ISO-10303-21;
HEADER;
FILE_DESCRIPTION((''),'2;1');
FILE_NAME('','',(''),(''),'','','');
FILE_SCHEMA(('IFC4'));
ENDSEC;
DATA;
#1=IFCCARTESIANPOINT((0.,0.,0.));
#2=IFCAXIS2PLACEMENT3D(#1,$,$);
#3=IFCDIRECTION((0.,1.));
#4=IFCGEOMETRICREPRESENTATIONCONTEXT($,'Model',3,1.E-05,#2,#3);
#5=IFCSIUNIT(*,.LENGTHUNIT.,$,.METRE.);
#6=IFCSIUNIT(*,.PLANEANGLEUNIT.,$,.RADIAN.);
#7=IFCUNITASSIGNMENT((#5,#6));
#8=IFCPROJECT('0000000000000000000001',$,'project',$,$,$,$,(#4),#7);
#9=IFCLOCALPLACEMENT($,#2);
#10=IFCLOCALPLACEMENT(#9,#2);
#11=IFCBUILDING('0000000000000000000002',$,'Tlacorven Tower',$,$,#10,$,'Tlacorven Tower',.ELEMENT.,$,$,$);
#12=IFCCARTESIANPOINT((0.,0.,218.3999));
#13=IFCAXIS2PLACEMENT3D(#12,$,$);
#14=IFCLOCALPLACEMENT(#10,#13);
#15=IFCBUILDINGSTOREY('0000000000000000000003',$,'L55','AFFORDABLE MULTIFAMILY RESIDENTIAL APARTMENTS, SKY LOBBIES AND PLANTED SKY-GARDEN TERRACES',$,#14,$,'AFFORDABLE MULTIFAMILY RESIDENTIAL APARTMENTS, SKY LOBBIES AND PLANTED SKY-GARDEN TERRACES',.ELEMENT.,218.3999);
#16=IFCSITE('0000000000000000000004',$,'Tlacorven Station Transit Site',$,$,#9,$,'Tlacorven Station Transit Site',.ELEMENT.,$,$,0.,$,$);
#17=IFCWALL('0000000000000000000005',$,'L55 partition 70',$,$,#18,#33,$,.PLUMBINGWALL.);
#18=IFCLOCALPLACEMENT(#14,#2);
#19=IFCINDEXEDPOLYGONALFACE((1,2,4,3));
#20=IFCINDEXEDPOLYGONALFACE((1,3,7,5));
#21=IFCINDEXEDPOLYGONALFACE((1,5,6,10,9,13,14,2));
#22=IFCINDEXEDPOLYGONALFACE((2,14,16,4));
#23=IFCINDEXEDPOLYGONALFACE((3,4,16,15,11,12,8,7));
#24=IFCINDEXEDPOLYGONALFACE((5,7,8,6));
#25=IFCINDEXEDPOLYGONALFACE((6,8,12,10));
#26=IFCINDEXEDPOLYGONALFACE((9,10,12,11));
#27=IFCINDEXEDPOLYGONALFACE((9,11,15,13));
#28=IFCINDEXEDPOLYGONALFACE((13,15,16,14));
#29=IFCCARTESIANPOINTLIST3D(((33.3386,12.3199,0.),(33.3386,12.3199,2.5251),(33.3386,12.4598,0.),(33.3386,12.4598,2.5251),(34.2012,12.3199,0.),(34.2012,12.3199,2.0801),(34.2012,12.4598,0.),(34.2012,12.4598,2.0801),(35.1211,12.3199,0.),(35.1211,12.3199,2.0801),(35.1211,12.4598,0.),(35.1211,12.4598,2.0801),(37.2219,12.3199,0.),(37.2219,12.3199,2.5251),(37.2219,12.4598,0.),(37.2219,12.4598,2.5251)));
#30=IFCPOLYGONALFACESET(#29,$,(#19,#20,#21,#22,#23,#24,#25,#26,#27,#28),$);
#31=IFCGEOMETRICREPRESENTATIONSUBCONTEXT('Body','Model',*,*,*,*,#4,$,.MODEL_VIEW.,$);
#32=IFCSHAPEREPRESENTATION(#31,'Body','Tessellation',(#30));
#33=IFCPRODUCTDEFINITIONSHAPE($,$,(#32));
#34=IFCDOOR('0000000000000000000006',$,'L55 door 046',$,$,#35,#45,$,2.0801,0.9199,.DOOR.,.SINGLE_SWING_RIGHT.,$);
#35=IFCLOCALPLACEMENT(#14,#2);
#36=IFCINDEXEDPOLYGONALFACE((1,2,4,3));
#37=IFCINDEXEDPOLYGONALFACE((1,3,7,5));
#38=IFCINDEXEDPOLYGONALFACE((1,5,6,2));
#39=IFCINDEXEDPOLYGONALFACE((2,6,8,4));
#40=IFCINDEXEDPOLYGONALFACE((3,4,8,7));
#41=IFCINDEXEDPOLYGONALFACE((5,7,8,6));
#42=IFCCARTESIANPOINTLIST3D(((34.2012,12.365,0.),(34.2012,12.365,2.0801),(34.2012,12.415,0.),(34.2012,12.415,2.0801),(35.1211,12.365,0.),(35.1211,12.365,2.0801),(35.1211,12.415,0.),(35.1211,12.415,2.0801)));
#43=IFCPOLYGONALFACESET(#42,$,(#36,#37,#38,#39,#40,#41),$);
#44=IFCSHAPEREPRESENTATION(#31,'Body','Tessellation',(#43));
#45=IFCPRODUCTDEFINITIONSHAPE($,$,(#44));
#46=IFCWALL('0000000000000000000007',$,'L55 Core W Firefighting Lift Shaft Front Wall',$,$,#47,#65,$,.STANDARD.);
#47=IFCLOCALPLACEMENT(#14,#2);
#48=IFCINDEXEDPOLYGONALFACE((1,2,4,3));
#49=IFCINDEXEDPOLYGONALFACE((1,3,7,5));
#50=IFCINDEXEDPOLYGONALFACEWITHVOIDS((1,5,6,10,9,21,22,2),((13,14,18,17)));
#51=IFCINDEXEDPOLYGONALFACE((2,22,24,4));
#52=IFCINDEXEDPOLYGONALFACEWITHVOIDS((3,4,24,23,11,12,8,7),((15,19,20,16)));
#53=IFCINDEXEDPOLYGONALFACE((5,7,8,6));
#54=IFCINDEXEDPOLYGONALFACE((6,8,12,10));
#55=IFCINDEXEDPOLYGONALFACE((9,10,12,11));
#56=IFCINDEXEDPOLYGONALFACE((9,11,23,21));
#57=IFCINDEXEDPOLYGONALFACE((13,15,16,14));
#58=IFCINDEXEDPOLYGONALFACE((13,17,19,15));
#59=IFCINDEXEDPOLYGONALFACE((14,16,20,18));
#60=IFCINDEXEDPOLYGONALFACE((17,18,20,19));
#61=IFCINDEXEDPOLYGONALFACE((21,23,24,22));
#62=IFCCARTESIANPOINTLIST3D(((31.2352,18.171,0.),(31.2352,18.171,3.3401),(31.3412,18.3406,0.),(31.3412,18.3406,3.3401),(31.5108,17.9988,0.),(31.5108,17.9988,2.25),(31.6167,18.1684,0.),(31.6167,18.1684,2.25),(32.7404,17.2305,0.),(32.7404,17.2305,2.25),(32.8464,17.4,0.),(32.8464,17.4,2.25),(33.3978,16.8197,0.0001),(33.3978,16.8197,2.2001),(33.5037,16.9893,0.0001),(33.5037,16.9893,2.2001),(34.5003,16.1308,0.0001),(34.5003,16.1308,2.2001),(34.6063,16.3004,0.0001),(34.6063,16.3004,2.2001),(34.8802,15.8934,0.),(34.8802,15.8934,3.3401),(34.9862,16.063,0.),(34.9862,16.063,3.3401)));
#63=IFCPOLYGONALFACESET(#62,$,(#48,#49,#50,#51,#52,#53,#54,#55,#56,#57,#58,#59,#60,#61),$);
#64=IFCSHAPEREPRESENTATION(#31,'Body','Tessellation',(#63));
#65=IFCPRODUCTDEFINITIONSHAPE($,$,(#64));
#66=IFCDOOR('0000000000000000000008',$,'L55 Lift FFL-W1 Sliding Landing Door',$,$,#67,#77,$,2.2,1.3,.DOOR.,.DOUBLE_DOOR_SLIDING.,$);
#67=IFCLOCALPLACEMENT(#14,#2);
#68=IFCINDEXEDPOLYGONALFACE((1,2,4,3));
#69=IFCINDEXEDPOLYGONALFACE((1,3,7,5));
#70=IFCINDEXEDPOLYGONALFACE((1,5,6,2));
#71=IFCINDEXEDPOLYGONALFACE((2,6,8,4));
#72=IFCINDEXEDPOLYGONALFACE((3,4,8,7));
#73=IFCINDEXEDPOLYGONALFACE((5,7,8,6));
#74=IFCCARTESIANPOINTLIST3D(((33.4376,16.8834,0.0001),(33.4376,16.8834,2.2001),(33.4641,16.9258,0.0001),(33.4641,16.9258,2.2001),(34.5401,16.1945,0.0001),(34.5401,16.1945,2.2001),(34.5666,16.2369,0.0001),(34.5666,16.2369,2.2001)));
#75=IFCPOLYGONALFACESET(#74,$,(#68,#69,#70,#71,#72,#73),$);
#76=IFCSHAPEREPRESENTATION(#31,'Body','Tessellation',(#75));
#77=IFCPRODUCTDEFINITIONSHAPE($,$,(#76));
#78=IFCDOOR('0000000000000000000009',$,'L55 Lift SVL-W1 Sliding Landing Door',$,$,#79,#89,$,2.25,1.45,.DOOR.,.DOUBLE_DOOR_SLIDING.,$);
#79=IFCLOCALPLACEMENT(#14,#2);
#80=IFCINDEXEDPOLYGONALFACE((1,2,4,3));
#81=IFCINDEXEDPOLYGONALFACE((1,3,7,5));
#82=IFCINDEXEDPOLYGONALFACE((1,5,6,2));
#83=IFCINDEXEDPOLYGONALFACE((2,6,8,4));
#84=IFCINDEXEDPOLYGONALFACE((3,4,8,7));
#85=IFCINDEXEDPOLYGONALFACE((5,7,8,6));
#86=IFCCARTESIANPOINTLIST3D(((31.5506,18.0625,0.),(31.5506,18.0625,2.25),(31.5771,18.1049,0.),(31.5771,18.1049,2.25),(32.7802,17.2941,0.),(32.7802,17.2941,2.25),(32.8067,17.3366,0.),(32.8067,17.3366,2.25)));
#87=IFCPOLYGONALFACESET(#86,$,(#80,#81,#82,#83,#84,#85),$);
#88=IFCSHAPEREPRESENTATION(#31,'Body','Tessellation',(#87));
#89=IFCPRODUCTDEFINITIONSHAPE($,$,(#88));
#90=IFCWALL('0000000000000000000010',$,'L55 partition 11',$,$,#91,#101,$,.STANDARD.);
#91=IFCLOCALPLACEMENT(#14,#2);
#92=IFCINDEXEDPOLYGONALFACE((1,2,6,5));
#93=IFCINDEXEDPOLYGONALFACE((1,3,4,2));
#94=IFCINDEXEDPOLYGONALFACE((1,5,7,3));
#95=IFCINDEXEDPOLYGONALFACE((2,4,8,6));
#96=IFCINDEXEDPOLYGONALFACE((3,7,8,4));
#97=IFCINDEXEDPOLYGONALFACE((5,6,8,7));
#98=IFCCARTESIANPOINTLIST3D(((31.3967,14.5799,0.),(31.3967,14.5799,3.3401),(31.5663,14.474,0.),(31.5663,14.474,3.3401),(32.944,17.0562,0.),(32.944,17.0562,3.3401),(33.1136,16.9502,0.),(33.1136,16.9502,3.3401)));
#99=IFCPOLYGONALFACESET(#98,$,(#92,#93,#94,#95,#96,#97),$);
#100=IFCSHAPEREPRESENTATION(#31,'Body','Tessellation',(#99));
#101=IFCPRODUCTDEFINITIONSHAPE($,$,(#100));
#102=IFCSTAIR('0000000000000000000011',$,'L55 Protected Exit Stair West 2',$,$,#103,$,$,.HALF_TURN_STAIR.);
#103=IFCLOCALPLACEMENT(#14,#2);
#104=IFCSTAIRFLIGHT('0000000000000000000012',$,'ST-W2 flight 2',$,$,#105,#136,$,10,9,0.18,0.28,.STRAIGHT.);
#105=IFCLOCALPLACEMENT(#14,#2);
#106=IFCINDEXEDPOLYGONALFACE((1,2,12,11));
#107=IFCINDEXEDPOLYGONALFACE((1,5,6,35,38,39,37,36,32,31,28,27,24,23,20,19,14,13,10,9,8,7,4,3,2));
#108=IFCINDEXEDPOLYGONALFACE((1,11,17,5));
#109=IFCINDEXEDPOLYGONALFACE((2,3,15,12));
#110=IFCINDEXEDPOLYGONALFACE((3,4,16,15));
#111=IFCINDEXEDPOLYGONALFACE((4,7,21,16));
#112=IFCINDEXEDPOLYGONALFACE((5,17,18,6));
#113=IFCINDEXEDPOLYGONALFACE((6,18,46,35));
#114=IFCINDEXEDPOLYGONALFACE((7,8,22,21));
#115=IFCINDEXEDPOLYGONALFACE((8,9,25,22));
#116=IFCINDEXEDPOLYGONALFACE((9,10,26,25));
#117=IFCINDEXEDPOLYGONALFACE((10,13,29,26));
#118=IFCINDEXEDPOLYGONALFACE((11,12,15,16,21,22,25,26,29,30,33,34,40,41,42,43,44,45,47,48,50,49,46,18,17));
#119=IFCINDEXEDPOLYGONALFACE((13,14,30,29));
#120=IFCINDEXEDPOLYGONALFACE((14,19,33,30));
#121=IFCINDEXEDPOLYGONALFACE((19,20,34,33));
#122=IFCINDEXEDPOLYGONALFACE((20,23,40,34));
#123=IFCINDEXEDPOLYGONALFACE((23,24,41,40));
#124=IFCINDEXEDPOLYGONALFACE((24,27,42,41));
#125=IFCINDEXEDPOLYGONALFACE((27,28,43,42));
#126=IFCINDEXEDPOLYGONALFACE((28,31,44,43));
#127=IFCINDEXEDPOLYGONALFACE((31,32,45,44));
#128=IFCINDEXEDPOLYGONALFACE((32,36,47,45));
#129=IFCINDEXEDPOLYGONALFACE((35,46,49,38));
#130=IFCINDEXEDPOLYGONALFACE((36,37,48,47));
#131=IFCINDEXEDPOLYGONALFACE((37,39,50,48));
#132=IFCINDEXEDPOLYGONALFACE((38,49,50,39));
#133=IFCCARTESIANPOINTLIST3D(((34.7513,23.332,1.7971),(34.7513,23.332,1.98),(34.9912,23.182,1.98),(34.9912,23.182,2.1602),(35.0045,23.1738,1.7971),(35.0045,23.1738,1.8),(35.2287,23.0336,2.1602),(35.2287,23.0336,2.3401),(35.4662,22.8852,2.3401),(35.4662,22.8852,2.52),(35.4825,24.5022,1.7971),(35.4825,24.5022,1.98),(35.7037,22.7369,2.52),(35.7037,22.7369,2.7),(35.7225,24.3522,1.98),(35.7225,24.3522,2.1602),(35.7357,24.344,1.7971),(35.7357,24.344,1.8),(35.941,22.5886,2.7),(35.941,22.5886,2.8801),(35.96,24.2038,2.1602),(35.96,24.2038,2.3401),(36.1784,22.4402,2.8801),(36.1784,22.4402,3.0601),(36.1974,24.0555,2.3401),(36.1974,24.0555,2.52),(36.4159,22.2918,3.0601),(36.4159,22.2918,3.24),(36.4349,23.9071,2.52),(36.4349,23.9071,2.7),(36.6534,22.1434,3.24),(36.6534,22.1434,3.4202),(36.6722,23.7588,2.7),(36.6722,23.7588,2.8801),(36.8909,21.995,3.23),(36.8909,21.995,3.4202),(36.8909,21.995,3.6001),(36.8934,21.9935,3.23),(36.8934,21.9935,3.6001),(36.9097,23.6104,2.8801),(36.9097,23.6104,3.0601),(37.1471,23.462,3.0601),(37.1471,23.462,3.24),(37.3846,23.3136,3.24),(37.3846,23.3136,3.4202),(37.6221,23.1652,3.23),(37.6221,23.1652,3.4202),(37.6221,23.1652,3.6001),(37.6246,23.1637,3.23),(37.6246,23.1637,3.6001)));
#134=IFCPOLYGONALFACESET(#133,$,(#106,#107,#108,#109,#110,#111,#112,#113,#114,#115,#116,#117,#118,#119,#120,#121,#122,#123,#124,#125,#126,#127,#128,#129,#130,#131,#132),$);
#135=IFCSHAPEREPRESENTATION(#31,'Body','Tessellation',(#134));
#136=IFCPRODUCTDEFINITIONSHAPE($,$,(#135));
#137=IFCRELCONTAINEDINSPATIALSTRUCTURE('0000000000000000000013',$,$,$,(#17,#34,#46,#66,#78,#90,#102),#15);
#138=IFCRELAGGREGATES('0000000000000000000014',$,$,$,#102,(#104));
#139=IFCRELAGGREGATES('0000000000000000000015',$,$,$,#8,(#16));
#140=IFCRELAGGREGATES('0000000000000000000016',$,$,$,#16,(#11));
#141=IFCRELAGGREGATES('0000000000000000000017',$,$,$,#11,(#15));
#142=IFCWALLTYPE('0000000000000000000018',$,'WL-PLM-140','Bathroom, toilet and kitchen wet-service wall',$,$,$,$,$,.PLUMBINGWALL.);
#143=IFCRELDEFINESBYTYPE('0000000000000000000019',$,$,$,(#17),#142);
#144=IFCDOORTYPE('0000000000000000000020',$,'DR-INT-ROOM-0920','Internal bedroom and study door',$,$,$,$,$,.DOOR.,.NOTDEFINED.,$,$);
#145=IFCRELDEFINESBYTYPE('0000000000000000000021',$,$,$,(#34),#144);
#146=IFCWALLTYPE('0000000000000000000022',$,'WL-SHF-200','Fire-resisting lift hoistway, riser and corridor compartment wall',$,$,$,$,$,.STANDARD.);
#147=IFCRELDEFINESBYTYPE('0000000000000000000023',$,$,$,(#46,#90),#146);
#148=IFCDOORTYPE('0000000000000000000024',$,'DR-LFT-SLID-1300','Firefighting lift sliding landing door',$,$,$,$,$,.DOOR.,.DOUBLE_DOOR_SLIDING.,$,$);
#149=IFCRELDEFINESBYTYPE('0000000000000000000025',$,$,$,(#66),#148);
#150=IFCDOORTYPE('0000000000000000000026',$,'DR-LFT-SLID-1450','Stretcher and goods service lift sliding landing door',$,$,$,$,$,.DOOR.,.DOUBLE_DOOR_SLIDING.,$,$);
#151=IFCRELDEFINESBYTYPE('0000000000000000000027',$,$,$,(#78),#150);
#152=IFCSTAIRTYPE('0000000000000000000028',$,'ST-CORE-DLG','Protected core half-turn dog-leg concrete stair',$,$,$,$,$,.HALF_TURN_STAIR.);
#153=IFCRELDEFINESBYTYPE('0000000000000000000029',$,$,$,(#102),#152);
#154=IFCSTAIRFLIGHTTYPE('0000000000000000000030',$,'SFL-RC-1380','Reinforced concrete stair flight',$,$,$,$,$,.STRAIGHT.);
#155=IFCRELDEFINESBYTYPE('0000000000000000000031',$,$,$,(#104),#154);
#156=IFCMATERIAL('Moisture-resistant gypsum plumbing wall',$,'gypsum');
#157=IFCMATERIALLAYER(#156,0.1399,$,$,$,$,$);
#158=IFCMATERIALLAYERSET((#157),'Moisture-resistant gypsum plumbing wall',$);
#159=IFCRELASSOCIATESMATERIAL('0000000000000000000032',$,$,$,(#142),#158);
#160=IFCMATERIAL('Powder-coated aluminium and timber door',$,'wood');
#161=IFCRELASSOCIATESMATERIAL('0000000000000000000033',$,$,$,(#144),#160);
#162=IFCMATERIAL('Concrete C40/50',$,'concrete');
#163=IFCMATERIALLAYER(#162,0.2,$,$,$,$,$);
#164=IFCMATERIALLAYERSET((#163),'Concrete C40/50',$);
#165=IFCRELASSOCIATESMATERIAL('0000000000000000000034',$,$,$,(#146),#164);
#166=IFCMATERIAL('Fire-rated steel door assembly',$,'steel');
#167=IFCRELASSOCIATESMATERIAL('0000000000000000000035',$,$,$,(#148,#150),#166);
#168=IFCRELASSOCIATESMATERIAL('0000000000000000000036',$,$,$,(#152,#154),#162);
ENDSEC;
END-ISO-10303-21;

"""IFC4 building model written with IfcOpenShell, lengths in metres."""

from ifc_helpers import new_model, si_unit, direction, frame, frame_2d, origin, place, context, subcontext, project, spatial, polyline, rectangle, outline, extrude, source, transform, mapped, material, layer, layer_set, type_object, element, fill, aggregate, save


model = new_model("IFC4")

# Units and contexts
model_context = context("Model", 3, precision=1e-05, world=origin(), true_north=direction((0.0, 1.0)))
body_context = subcontext(model_context, "Body", "Model", "MODEL_VIEW")
ifc_project = project(units=[si_unit("LENGTHUNIT", "METRE"), si_unit("PLANEANGLEUNIT", "RADIAN")], contexts=[model_context])

# Site, building, storey
site_placement = place(None, origin())
site = spatial("IfcSite", under=ifc_project, at=site_placement, Name="Tlacorven Station Transit Site", LongName="Tlacorven Station Transit Site", CompositionType="ELEMENT", RefElevation=0.0)
building_placement = place(site_placement, origin())
building = spatial("IfcBuilding", under=site, at=building_placement, Name="Tlacorven Tower", LongName="Tlacorven Tower", CompositionType="ELEMENT")
storey_placement = place(building_placement, frame((0.0, 0.0, 218.3999)))
storey = spatial("IfcBuildingStorey", under=building, at=storey_placement, Name="L55", Description="AFFORDABLE MULTIFAMILY RESIDENTIAL APARTMENTS, SKY LOBBIES AND PLANTED SKY-GARDEN TERRACES", LongName="AFFORDABLE MULTIFAMILY RESIDENTIAL APARTMENTS, SKY LOBBIES AND PLANTED SKY-GARDEN TERRACES", CompositionType="ELEMENT", Elevation=218.3999)

# Shared definitions
ifc_material_1 = material(Name="Fire-rated steel door assembly", Category="steel")

# Shared definitions
ifc_material_2 = material(Name="Powder-coated aluminium and timber door", Category="wood")

# Wall, opening, door
ifc_material_3 = material(Name="Moisture-resistant gypsum plumbing wall", Category="gypsum")
ifc_layer_1 = layer(ifc_material_3, 0.1399)
ifc_layer_set_1 = layer_set([ifc_layer_1], Name="Moisture-resistant gypsum plumbing wall")
wall_type_1 = type_object("IfcWallType", Name="WL-PLM-140", Description="Bathroom, toilet and kitchen wet-service wall", PredefinedType="PLUMBINGWALL", material=ifc_layer_set_1)
wall_1_placement = place(storey_placement, frame((33.3386, 12.3899, 0.0), z_axis=(0.0, 0.0, 1.0), x_axis=(1.0, 0.0, 0.0)))
wall_1 = element("IfcWall", 1, at=wall_1_placement, inside=storey, type_object=wall_type_1, Name="L55 partition 70", PredefinedType="PLUMBINGWALL", context=body_context, shape_type="SweptSolid", body=[
    extrude(rectangle(XDim=3.8833, YDim=0.1399, at=frame_2d((1.9417, 0.0))), origin(), (0.0, 0.0, 1.0), 2.5251),
])
opening_1_placement = place(wall_1_placement, frame((0.8625, 0.0, 0.0)))
opening_1 = element("IfcOpeningElement", 2, at=opening_1_placement, cuts=wall_1, PredefinedType="OPENING", context=body_context, shape_type="SweptSolid", body=[
    extrude(rectangle(XDim=0.9199, YDim=2.0801, at=frame_2d((0.46, 1.04))), frame((0.0, 0.0801, 0.0), z_axis=(0.0, -1.0, 0.0), x_axis=(1.0, 0.0, 0.0)), (0.0, 0.0, 1.0), 0.1599),
])
door_type_1 = type_object("IfcDoorType", Name="DR-INT-ROOM-0920", Description="Internal bedroom and study door", OperationType="NOTDEFINED", PredefinedType="DOOR", material=ifc_material_2)
shared_shape_1 = source(origin(), body_context, "Body", "SweptSolid", [
    extrude(rectangle(XDim=0.9199, YDim=2.0801, at=frame_2d((0.46, 1.04))), frame((0.0, 0.0249, 0.0), z_axis=(0.0, -1.0, 0.0), x_axis=(1.0, 0.0, 0.0)), (0.0, 0.0, 1.0), 0.05),
])
door_1_placement = place(opening_1_placement, frame((0.9199, 0.0, 0.0), z_axis=(0.0, 0.0, 1.0), x_axis=(-1.0, 0.0, 0.0)))
door_1 = element("IfcDoor", 3, at=door_1_placement, inside=storey, type_object=door_type_1, Name="L55 door 046", OperationType="SINGLE_SWING_RIGHT", OverallHeight=2.0801, OverallWidth=0.9199, PredefinedType="DOOR", context=body_context, shape_type="MappedRepresentation", body=[
    mapped(shared_shape_1, transform((0.0, 0.0, 0.0), scale=1.0)),
])
fill(opening_1, door_1)

# Wall, openings, doors
ifc_material_4 = material(Name="Concrete C40/50", Category="concrete")
ifc_layer_2 = layer(ifc_material_4, 0.2)
ifc_layer_set_2 = layer_set([ifc_layer_2], Name="Concrete C40/50")
wall_type_2 = type_object("IfcWallType", Name="WL-SHF-200", Description="Fire-resisting lift hoistway, riser and corridor compartment wall", PredefinedType="STANDARD", material=ifc_layer_set_2)
wall_2_placement = place(storey_placement, frame((34.9331, 15.9783, 0.0), z_axis=(0.0, 0.0, 1.0), x_axis=(-0.848056, 0.529907, 0.0)))
wall_2 = element("IfcWall", 4, at=wall_2_placement, inside=storey, type_object=wall_type_2, Name="L55 Core W Firefighting Lift Shaft Front Wall", PredefinedType="STANDARD", context=body_context, shape_type="SweptSolid", body=[
    extrude(rectangle(XDim=4.2981, YDim=0.2, at=frame_2d((2.1489, 0.0))), origin(), (0.0, 0.0, 1.0), 3.3401),
])
opening_2_placement = place(wall_2_placement, frame((0.448, 0.0, 0.0)))
opening_2 = element("IfcOpeningElement", 5, at=opening_2_placement, cuts=wall_2, PredefinedType="OPENING", context=body_context, shape_type="SweptSolid", body=[
    extrude(rectangle(XDim=1.3, YDim=2.2, at=frame_2d((0.6499, 1.1001))), frame((0.0, 0.1099, 0.0), z_axis=(0.0, -1.0, 0.0), x_axis=(1.0, 0.0, 0.0)), (0.0, 0.0, 1.0), 0.22),
])
opening_3_placement = place(wall_2_placement, frame((2.5229, 0.0, 0.0)))
opening_3 = element("IfcOpeningElement", 6, at=opening_3_placement, cuts=wall_2, PredefinedType="OPENING", context=body_context, shape_type="SweptSolid", body=[
    extrude(rectangle(XDim=1.45, YDim=2.25, at=frame_2d((0.7251, 1.125))), frame((0.0, 0.1099, 0.0), z_axis=(0.0, -1.0, 0.0), x_axis=(1.0, 0.0, 0.0)), (0.0, 0.0, 1.0), 0.22),
])
door_type_2 = type_object("IfcDoorType", Name="DR-LFT-SLID-1300", Description="Firefighting lift sliding landing door", OperationType="DOUBLE_DOOR_SLIDING", PredefinedType="DOOR", material=ifc_material_1)
shared_shape_2 = source(origin(), body_context, "Body", "SweptSolid", [
    extrude(rectangle(XDim=1.3, YDim=2.2, at=frame_2d((0.6499, 1.1001))), frame((0.0, 0.0249, 0.0), z_axis=(0.0, -1.0, 0.0), x_axis=(1.0, 0.0, 0.0)), (0.0, 0.0, 1.0), 0.05),
])
door_2_placement = place(opening_2_placement, origin())
door_2 = element("IfcDoor", 7, at=door_2_placement, inside=storey, type_object=door_type_2, Name="L55 Lift FFL-W1 Sliding Landing Door", OperationType="DOUBLE_DOOR_SLIDING", OverallHeight=2.2, OverallWidth=1.3, PredefinedType="DOOR", context=body_context, shape_type="MappedRepresentation", body=[
    mapped(shared_shape_2, transform((0.0, 0.0, 0.0), scale=1.0)),
])
fill(opening_2, door_2)
door_type_3 = type_object("IfcDoorType", Name="DR-LFT-SLID-1450", Description="Stretcher and goods service lift sliding landing door", OperationType="DOUBLE_DOOR_SLIDING", PredefinedType="DOOR", material=ifc_material_1)
shared_shape_3 = source(origin(), body_context, "Body", "SweptSolid", [
    extrude(rectangle(XDim=1.45, YDim=2.25, at=frame_2d((0.7251, 1.125))), frame((0.0, 0.0249, 0.0), z_axis=(0.0, -1.0, 0.0), x_axis=(1.0, 0.0, 0.0)), (0.0, 0.0, 1.0), 0.05),
])
door_3_placement = place(opening_3_placement, origin())
door_3 = element("IfcDoor", 8, at=door_3_placement, inside=storey, type_object=door_type_3, Name="L55 Lift SVL-W1 Sliding Landing Door", OperationType="DOUBLE_DOOR_SLIDING", OverallHeight=2.25, OverallWidth=1.45, PredefinedType="DOOR", context=body_context, shape_type="MappedRepresentation", body=[
    mapped(shared_shape_3, transform((0.0, 0.0, 0.0), scale=1.0)),
])
fill(opening_3, door_3)

# Wall
wall_3_placement = place(storey_placement, frame((33.0288, 17.0032, 0.0), z_axis=(0.0, 0.0, 1.0), x_axis=(-0.529916, -0.84805, 0.0)))
element("IfcWall", 9, at=wall_3_placement, inside=storey, type_object=wall_type_2, Name="L55 partition 11", PredefinedType="STANDARD", context=body_context, shape_type="SweptSolid", body=[
    extrude(rectangle(XDim=2.9199, YDim=0.2, at=frame_2d((1.46, 0.0))), origin(), (0.0, 0.0, 1.0), 3.3401),
])

# Stair, stair flight
stair_type = type_object("IfcStairType", Name="ST-CORE-DLG", Description="Protected core half-turn dog-leg concrete stair", PredefinedType="HALF_TURN_STAIR", material=ifc_material_4)
stair_placement = place(storey_placement, origin())
stair = element("IfcStair", 10, at=stair_placement, inside=storey, type_object=stair_type, Name="L55 Protected Exit Stair West 2", PredefinedType="HALF_TURN_STAIR")
stair_flight_type = type_object("IfcStairFlightType", Name="SFL-RC-1380", Description="Reinforced concrete stair flight", PredefinedType="STRAIGHT", material=ifc_material_4)
shared_shape_4 = source(origin(), body_context, "Body", "SweptSolid", [
    extrude(outline(polyline([(-0.0029, -0.0029), (-0.0029, 0.1799), (0.28, 0.1799), (0.28, 0.3601), (0.5601, 0.3601), (0.5601, 0.54), (0.8401, 0.54), (0.8401, 0.72), (1.1201, 0.72), (1.1201, 0.8999), (1.3999, 0.8999), (1.3999, 1.0801), (1.6799, 1.0801), (1.6799, 1.26), (1.96, 1.26), (1.96, 1.4399), (2.24, 1.4399), (2.24, 1.6201), (2.52, 1.6201), (2.52, 1.8), (2.5229, 1.8), (2.5229, 1.4299), (2.52, 1.4299), (0.2957, 0.0), (0.2957, -0.0029), (-0.0029, -0.0029)])), frame((0.0, 0.6899, 0.0), z_axis=(0.0, -1.0, 0.0), x_axis=(1.0, 0.0, 0.0)), (0.0, 0.0, 1.0), 1.3799),
])
stair_flight_placement = place(storey_placement, frame((35.1194, 23.9155, 1.8), z_axis=(0.0, 0.0, 1.0), x_axis=(0.848048, -0.529919, 0.0)))
stair_flight = element("IfcStairFlight", 11, at=stair_flight_placement, type_object=stair_flight_type, Name="ST-W2 flight 2", NumberOfRisers=10, NumberOfTreads=9, PredefinedType="STRAIGHT", RiserHeight=0.18, TreadLength=0.28, context=body_context, shape_type="MappedRepresentation", body=[
    mapped(shared_shape_4, transform((0.0, 0.0, 0.0), scale=1.0)),
])
aggregate(stair, [stair_flight])

save(model, "model.ifc")
